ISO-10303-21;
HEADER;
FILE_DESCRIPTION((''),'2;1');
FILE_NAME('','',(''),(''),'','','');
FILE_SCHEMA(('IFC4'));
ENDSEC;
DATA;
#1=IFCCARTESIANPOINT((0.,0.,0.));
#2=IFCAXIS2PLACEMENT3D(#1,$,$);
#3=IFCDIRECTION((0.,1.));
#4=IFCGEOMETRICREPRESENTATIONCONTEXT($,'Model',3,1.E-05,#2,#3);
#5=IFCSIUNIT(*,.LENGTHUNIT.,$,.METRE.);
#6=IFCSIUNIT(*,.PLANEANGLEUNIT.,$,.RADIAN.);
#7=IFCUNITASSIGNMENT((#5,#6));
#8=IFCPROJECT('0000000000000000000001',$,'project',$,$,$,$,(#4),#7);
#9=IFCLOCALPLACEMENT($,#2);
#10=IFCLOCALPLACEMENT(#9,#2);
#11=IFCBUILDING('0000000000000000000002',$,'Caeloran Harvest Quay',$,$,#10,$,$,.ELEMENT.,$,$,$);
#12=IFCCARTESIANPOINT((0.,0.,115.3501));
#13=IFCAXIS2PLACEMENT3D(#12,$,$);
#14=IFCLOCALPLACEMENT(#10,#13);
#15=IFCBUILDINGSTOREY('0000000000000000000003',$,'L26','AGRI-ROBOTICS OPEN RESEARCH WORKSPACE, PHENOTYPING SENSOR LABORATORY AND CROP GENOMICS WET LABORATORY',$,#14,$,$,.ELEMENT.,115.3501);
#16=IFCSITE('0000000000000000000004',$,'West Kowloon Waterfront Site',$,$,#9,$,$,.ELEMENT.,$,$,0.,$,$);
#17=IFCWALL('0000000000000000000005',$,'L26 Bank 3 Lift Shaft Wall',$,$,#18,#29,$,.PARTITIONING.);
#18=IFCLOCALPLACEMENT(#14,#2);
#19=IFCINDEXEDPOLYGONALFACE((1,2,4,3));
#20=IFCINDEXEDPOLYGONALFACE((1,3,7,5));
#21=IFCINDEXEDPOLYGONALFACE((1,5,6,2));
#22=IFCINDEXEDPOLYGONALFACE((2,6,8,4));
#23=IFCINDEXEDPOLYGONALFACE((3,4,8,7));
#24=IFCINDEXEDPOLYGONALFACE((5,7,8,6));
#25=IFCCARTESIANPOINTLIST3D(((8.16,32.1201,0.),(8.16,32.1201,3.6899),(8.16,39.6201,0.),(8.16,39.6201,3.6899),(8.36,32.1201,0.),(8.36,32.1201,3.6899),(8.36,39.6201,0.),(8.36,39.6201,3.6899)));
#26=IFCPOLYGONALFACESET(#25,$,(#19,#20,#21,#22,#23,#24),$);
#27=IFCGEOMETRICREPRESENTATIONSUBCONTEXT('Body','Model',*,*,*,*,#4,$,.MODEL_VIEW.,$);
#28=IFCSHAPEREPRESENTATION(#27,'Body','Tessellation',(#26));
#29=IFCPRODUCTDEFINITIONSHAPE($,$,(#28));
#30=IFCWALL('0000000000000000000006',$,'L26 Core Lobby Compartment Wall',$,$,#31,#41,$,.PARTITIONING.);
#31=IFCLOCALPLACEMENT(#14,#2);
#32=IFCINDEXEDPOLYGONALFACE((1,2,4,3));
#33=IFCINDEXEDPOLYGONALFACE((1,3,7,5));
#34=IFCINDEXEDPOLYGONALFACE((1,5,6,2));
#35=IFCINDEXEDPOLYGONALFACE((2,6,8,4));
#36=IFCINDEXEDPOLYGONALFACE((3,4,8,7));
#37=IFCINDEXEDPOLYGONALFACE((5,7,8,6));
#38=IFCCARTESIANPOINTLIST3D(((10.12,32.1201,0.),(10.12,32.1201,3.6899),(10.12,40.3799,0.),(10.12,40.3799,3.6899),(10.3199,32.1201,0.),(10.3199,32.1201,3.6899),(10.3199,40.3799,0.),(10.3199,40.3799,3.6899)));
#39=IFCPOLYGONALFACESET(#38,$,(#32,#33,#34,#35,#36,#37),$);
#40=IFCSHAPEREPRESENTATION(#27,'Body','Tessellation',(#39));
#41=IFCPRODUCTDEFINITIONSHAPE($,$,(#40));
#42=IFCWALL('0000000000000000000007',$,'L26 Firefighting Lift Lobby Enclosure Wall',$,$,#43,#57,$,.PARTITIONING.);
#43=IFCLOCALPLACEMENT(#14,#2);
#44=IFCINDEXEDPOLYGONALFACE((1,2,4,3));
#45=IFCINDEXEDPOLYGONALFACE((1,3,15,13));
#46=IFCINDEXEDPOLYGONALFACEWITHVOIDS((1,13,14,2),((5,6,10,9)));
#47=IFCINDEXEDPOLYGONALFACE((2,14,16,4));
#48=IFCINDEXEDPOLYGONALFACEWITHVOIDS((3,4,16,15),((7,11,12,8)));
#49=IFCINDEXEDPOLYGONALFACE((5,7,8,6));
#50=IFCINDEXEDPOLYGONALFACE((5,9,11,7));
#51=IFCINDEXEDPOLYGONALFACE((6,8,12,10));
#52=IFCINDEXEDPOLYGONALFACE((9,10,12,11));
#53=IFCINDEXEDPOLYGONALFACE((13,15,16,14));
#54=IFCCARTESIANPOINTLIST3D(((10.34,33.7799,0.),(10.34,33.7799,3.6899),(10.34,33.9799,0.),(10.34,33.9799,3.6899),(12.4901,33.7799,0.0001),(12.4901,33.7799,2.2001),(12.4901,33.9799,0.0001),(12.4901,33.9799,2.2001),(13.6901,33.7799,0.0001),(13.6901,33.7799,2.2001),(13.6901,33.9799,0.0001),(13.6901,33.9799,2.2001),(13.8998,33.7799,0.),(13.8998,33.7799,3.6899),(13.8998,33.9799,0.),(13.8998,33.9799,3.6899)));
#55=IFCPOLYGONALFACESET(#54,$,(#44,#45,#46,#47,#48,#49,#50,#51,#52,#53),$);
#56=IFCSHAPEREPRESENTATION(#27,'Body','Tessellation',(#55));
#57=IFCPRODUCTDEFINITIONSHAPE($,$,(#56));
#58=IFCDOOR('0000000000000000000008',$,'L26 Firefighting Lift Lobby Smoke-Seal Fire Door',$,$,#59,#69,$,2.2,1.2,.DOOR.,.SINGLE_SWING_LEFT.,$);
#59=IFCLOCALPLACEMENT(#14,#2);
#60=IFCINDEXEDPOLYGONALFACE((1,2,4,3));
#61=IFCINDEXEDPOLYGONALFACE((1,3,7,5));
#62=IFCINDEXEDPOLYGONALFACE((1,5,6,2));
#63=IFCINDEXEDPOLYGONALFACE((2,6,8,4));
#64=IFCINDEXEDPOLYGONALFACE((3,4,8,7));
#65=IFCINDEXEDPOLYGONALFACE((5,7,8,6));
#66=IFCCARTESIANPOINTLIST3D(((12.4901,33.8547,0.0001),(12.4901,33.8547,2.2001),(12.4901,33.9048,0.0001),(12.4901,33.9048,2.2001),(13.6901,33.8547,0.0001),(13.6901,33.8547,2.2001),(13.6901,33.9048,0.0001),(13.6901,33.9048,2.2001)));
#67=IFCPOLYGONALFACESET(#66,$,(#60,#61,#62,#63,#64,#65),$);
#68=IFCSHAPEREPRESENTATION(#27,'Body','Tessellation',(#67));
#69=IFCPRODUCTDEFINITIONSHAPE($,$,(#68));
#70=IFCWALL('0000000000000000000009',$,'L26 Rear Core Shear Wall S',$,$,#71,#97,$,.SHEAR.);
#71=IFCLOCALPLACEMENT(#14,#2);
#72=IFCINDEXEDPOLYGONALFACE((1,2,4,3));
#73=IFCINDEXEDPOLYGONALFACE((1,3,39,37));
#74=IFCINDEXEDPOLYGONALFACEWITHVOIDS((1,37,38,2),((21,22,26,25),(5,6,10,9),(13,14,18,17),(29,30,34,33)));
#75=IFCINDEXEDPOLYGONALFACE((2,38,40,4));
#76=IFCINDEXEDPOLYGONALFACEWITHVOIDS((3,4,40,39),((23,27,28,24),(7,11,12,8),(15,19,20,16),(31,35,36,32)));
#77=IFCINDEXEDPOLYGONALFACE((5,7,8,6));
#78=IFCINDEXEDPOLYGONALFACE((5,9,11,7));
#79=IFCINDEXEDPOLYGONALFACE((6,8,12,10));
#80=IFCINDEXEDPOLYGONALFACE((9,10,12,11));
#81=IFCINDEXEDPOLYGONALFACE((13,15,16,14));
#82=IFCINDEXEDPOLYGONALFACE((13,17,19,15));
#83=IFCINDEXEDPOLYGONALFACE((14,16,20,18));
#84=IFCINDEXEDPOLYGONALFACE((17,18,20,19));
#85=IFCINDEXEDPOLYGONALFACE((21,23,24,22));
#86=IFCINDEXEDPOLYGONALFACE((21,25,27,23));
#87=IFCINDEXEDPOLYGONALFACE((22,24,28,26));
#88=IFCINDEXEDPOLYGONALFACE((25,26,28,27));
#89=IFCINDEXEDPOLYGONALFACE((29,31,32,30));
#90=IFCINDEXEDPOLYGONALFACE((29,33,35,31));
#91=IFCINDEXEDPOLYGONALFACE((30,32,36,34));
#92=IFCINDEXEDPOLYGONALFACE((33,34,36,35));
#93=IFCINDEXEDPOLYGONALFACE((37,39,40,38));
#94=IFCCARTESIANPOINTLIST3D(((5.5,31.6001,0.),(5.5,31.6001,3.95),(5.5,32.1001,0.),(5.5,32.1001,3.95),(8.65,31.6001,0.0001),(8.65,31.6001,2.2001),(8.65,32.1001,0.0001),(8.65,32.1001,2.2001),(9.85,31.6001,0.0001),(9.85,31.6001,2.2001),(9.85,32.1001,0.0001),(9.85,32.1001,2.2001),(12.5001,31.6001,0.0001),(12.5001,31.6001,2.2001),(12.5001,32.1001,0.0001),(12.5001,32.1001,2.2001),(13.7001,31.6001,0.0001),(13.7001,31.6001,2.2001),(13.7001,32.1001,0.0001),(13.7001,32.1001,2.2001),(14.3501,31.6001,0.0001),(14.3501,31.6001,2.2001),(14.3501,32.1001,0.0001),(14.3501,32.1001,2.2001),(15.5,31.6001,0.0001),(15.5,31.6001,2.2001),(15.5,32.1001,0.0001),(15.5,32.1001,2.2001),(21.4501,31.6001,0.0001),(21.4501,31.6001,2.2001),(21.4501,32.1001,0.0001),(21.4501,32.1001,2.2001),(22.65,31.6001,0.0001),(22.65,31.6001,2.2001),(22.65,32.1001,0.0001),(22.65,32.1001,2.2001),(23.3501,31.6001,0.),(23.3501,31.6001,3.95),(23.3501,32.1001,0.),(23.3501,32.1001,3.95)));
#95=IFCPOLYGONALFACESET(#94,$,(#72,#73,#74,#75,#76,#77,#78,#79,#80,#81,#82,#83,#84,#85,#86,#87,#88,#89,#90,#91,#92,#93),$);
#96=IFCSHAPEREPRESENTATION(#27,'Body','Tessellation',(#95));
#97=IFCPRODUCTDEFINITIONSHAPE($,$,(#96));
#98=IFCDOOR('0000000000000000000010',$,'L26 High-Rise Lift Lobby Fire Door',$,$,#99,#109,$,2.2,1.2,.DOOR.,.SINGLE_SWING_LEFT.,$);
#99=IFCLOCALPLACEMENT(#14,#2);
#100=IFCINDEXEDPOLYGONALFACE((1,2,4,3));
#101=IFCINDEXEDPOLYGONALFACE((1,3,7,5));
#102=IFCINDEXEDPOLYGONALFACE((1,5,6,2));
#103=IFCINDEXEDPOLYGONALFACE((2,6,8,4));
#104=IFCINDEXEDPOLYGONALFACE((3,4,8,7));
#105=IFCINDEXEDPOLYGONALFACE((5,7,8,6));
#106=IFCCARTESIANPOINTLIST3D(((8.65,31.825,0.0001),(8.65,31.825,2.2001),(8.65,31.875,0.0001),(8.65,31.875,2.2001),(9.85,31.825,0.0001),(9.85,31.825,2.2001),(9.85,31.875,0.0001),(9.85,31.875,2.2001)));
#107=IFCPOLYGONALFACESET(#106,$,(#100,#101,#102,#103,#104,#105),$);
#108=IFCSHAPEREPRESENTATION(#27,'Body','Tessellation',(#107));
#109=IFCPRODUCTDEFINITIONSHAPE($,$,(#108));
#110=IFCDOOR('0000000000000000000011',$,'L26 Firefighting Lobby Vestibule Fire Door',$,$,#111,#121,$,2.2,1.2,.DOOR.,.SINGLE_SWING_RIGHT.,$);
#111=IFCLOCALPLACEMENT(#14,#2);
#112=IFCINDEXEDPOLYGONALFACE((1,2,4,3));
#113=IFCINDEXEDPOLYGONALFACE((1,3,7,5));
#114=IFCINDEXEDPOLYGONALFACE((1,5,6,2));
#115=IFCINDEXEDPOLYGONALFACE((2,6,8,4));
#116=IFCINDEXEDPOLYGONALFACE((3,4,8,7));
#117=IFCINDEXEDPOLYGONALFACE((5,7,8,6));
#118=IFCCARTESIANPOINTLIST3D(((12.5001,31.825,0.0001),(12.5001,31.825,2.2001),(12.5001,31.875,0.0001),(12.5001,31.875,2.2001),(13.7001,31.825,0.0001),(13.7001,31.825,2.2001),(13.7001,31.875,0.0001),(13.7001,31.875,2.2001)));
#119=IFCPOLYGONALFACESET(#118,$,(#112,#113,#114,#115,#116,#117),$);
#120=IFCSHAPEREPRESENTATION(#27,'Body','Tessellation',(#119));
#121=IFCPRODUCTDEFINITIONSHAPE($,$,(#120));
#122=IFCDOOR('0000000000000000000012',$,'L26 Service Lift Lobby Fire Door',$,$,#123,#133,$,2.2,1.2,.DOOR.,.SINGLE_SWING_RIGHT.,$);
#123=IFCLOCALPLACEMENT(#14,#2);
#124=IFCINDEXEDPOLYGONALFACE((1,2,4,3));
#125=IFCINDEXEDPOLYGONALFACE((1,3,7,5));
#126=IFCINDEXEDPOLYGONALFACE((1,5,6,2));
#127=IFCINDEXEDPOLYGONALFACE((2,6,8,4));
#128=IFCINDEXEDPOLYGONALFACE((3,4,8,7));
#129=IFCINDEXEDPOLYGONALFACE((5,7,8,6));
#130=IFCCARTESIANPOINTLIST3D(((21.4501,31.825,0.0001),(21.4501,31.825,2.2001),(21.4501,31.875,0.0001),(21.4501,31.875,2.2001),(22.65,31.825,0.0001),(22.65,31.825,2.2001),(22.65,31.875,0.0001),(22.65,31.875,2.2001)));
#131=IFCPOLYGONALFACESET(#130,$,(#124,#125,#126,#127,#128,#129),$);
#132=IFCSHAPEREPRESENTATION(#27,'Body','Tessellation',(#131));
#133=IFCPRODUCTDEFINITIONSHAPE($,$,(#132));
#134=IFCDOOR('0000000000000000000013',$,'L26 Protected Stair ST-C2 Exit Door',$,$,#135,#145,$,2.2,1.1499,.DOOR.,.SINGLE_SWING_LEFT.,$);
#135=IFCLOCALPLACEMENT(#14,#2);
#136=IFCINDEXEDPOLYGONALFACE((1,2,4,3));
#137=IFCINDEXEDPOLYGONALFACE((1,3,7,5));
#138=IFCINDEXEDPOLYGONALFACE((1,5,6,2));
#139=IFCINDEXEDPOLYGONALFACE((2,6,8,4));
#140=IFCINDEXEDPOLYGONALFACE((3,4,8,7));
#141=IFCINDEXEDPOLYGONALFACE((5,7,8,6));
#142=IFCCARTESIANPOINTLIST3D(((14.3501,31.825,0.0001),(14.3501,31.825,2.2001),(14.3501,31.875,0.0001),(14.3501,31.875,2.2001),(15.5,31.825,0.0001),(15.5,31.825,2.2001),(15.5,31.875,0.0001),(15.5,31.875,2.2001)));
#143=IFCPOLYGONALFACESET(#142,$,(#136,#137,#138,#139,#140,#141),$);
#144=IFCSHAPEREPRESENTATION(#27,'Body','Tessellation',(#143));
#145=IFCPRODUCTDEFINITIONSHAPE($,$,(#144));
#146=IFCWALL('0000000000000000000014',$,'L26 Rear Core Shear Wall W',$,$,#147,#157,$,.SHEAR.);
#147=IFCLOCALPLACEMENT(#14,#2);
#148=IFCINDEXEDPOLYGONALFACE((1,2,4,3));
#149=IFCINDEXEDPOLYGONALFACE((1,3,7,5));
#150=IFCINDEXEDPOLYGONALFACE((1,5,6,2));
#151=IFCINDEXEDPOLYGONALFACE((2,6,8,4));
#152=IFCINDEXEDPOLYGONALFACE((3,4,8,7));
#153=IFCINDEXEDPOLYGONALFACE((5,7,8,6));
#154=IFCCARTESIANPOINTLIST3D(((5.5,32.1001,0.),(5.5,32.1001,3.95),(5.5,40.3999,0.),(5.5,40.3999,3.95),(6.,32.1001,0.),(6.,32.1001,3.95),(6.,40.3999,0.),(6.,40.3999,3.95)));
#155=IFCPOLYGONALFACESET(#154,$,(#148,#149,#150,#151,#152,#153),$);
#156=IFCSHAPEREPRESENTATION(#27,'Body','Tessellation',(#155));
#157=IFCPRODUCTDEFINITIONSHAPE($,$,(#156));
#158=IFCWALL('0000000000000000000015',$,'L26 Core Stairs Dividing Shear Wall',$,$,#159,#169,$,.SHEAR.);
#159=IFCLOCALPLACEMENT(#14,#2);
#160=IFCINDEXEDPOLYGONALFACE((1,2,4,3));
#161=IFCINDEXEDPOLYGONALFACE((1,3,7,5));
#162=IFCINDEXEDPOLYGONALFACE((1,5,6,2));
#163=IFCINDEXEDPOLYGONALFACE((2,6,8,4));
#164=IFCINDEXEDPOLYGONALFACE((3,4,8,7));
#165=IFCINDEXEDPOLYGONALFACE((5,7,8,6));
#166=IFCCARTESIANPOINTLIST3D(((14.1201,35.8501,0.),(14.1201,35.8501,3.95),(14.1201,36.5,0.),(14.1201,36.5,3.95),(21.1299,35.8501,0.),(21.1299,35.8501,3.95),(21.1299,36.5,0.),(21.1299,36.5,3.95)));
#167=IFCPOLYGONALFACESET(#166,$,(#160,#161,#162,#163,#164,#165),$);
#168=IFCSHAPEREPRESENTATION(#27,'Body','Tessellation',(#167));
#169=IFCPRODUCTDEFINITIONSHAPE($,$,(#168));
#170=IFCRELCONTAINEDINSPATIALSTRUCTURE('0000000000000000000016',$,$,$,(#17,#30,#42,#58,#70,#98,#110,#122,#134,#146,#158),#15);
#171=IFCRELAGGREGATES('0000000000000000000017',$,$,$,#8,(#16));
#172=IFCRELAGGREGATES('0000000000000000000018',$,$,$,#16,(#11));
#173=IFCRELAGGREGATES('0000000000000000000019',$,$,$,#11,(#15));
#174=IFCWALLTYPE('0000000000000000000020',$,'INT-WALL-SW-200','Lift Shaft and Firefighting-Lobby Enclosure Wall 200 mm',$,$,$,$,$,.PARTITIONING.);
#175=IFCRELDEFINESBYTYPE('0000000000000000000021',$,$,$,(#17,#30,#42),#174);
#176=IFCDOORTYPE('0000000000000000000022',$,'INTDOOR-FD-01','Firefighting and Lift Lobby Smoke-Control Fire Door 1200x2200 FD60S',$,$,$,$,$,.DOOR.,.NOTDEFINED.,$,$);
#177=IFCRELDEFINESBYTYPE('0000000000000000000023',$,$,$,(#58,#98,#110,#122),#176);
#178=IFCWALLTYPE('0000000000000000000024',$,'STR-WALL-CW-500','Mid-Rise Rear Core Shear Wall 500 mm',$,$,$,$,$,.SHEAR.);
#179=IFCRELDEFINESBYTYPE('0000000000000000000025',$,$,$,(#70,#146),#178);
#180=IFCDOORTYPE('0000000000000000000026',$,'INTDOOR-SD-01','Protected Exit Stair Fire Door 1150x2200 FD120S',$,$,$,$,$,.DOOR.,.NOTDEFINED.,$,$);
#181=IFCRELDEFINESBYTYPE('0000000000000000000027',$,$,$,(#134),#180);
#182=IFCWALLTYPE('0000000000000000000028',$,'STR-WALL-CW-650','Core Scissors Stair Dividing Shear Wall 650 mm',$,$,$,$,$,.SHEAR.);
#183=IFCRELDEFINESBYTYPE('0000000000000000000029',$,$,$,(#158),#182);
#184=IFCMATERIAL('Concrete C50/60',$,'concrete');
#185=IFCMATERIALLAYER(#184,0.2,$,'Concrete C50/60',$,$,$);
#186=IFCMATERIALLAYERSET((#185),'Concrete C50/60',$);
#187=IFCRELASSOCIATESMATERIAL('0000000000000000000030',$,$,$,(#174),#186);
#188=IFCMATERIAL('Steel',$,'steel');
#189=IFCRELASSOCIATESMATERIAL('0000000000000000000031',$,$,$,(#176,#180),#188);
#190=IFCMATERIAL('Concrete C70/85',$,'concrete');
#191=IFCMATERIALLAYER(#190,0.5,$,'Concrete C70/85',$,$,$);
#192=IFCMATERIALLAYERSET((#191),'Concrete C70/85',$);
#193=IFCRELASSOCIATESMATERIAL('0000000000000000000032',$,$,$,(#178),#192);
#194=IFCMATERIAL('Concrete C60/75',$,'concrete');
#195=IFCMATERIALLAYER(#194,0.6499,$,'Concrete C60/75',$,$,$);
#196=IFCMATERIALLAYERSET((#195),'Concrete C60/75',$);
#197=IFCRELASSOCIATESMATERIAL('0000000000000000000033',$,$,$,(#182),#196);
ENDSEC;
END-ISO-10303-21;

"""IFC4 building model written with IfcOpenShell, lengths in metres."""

from ifc_helpers import new_model, si_unit, direction, frame, frame_2d, origin, place, context, subcontext, project, spatial, rectangle, extrude, material, layer, layer_set, type_object, element, fill, save


model = new_model("IFC4")

# Units and contexts
model_context = context("Model", 3, precision=1e-05, world=origin(), true_north=direction((0.0, 1.0)))
body_context = subcontext(model_context, "Body", "Model", "MODEL_VIEW")
ifc_project = project(units=[si_unit("LENGTHUNIT", "METRE"), si_unit("PLANEANGLEUNIT", "RADIAN")], contexts=[model_context])

# Site, building, storey
site_placement = place(None, origin())
site = spatial("IfcSite", under=ifc_project, at=site_placement, Name="West Kowloon Waterfront Site", CompositionType="ELEMENT", RefElevation=0.0)
building_placement = place(site_placement, origin())
building = spatial("IfcBuilding", under=site, at=building_placement, Name="Caeloran Harvest Quay", CompositionType="ELEMENT")
storey_placement = place(building_placement, frame((0.0, 0.0, 115.3501)))
storey = spatial("IfcBuildingStorey", under=building, at=storey_placement, Name="L26", Description="AGRI-ROBOTICS OPEN RESEARCH WORKSPACE, PHENOTYPING SENSOR LABORATORY AND CROP GENOMICS WET LABORATORY", CompositionType="ELEMENT", Elevation=115.3501)

# Shared definitions
ifc_material_1 = material(Name="Concrete C70/85", Category="concrete")

# Shared definitions
ifc_material_2 = material(Name="Concrete C60/75", Category="concrete")

# Walls
ifc_material_3 = material(Name="Concrete C50/60", Category="concrete")
ifc_layer_1 = layer(ifc_material_3, 0.2, Name="Concrete C50/60")
ifc_layer_set_1 = layer_set([ifc_layer_1], Name="Concrete C50/60")
wall_type_1 = type_object("IfcWallType", Name="INT-WALL-SW-200", Description="Lift Shaft and Firefighting-Lobby Enclosure Wall 200 mm", PredefinedType="PARTITIONING", material=ifc_layer_set_1)
wall_1_placement = place(storey_placement, frame((8.26, 32.1201, 0.0), z_axis=(0.0, 0.0, 1.0), x_axis=(0.0, 1.0, 0.0)))
element("IfcWall", 1, at=wall_1_placement, inside=storey, type_object=wall_type_1, Name="L26 Bank 3 Lift Shaft Wall", PredefinedType="PARTITIONING", context=body_context, shape_type="SweptSolid", body=[
    extrude(rectangle(XDim=7.5, YDim=0.2, at=frame_2d((3.75, 0.0))), origin(), (0.0, 0.0, 1.0), 3.6899),
])
wall_2_placement = place(storey_placement, frame((10.22, 32.1201, 0.0), z_axis=(0.0, 0.0, 1.0), x_axis=(0.0, 1.0, 0.0)))
element("IfcWall", 2, at=wall_2_placement, inside=storey, type_object=wall_type_1, Name="L26 Core Lobby Compartment Wall", PredefinedType="PARTITIONING", context=body_context, shape_type="SweptSolid", body=[
    extrude(rectangle(XDim=8.2598, YDim=0.2, at=frame_2d((4.1299, 0.0))), origin(), (0.0, 0.0, 1.0), 3.6899),
])

# Wall, opening, door
wall_3_placement = place(storey_placement, frame((10.3401, 33.8799, 0.0), z_axis=(0.0, 0.0, 1.0), x_axis=(1.0, 0.0, 0.0)))
wall_3 = element("IfcWall", 3, at=wall_3_placement, inside=storey, type_object=wall_type_1, Name="L26 Firefighting Lift Lobby Enclosure Wall", PredefinedType="PARTITIONING", context=body_context, shape_type="SweptSolid", body=[
    extrude(rectangle(XDim=3.5598, YDim=0.2, at=frame_2d((1.7798, 0.0))), origin(), (0.0, 0.0, 1.0), 3.6899),
])
opening_1_placement = place(wall_3_placement, frame((2.1499, 0.0, 0.0)))
opening_1 = element("IfcOpeningElement", 4, at=opening_1_placement, cuts=wall_3, PredefinedType="OPENING", context=body_context, shape_type="SweptSolid", body=[
    extrude(rectangle(XDim=1.2, YDim=2.2, at=frame_2d((0.6001, 1.1001))), frame((0.0, 0.1099, 0.0), z_axis=(0.0, -1.0, 0.0), x_axis=(1.0, 0.0, 0.0)), (0.0, 0.0, 1.0), 0.22),
])
ifc_material_4 = material(Name="Steel", Category="steel")
door_type_1 = type_object("IfcDoorType", Name="INTDOOR-FD-01", Description="Firefighting and Lift Lobby Smoke-Control Fire Door 1200x2200 FD60S", OperationType="NOTDEFINED", PredefinedType="DOOR", material=ifc_material_4)
door_1_placement = place(opening_1_placement, origin())
door_1 = element("IfcDoor", 5, at=door_1_placement, inside=storey, type_object=door_type_1, Name="L26 Firefighting Lift Lobby Smoke-Seal Fire Door", OperationType="SINGLE_SWING_LEFT", OverallHeight=2.2, OverallWidth=1.2, PredefinedType="DOOR", context=body_context, shape_type="SweptSolid", body=[
    extrude(rectangle(XDim=1.2, YDim=2.2, at=frame_2d((0.6001, 1.1001))), frame((0.0, 0.0249, 0.0), z_axis=(0.0, -1.0, 0.0), x_axis=(1.0, 0.0, 0.0)), (0.0, 0.0, 1.0), 0.05),
])
fill(opening_1, door_1)

# Wall, openings, doors
ifc_layer_2 = layer(ifc_material_1, 0.5, Name="Concrete C70/85")
ifc_layer_set_2 = layer_set([ifc_layer_2], Name="Concrete C70/85")
wall_type_2 = type_object("IfcWallType", Name="STR-WALL-CW-500", Description="Mid-Rise Rear Core Shear Wall 500 mm", PredefinedType="SHEAR", material=ifc_layer_set_2)
wall_4_placement = place(storey_placement, frame((5.5, 31.8501, 0.0), z_axis=(0.0, 0.0, 1.0), x_axis=(1.0, 0.0, 0.0)))
wall_4 = element("IfcWall", 6, at=wall_4_placement, inside=storey, type_object=wall_type_2, Name="L26 Rear Core Shear Wall S", PredefinedType="SHEAR", context=body_context, shape_type="SweptSolid", body=[
    extrude(rectangle(XDim=17.8501, YDim=0.5, at=frame_2d((8.925, 0.0))), origin(), (0.0, 0.0, 1.0), 3.95),
])
opening_2_placement = place(wall_4_placement, frame((3.1499, 0.0, 0.0)))
opening_2 = element("IfcOpeningElement", 7, at=opening_2_placement, cuts=wall_4, PredefinedType="OPENING", context=body_context, shape_type="SweptSolid", body=[
    extrude(rectangle(XDim=1.2, YDim=2.2, at=frame_2d((0.6001, 1.1001))), frame((0.0, 0.26, 0.0), z_axis=(0.0, -1.0, 0.0), x_axis=(1.0, 0.0, 0.0)), (0.0, 0.0, 1.0), 0.52),
])
opening_3_placement = place(wall_4_placement, frame((7.0, 0.0, 0.0)))
opening_3 = element("IfcOpeningElement", 8, at=opening_3_placement, cuts=wall_4, PredefinedType="OPENING", context=body_context, shape_type="SweptSolid", body=[
    extrude(rectangle(XDim=1.2, YDim=2.2, at=frame_2d((0.6001, 1.1001))), frame((0.0, 0.26, 0.0), z_axis=(0.0, -1.0, 0.0), x_axis=(1.0, 0.0, 0.0)), (0.0, 0.0, 1.0), 0.52),
])
opening_4_placement = place(wall_4_placement, frame((8.8501, 0.0, 0.0)))
opening_4 = element("IfcOpeningElement", 9, at=opening_4_placement, cuts=wall_4, PredefinedType="OPENING", context=body_context, shape_type="SweptSolid", body=[
    extrude(rectangle(XDim=1.1499, YDim=2.2, at=frame_2d((0.575, 1.1001))), frame((0.0, 0.26, 0.0), z_axis=(0.0, -1.0, 0.0), x_axis=(1.0, 0.0, 0.0)), (0.0, 0.0, 1.0), 0.52),
])
opening_5_placement = place(wall_4_placement, frame((15.95, 0.0, 0.0)))
opening_5 = element("IfcOpeningElement", 10, at=opening_5_placement, cuts=wall_4, PredefinedType="OPENING", context=body_context, shape_type="SweptSolid", body=[
    extrude(rectangle(XDim=1.2, YDim=2.2, at=frame_2d((0.6001, 1.1001))), frame((0.0, 0.26, 0.0), z_axis=(0.0, -1.0, 0.0), x_axis=(1.0, 0.0, 0.0)), (0.0, 0.0, 1.0), 0.52),
])
door_2_placement = place(opening_2_placement, origin())
door_2 = element("IfcDoor", 11, at=door_2_placement, inside=storey, type_object=door_type_1, Name="L26 High-Rise Lift Lobby Fire Door", OperationType="SINGLE_SWING_LEFT", OverallHeight=2.2, OverallWidth=1.2, PredefinedType="DOOR", context=body_context, shape_type="SweptSolid", body=[
    extrude(rectangle(XDim=1.2, YDim=2.2, at=frame_2d((0.6001, 1.1001))), frame((0.0, 0.0249, 0.0), z_axis=(0.0, -1.0, 0.0), x_axis=(1.0, 0.0, 0.0)), (0.0, 0.0, 1.0), 0.05),
])
fill(opening_2, door_2)
door_3_placement = place(opening_3_placement, origin())
door_3 = element("IfcDoor", 12, at=door_3_placement, inside=storey, type_object=door_type_1, Name="L26 Firefighting Lobby Vestibule Fire Door", OperationType="SINGLE_SWING_RIGHT", OverallHeight=2.2, OverallWidth=1.2, PredefinedType="DOOR", context=body_context, shape_type="SweptSolid", body=[
    extrude(rectangle(XDim=1.2, YDim=2.2, at=frame_2d((0.6001, 1.1001))), frame((0.0, 0.0249, 0.0), z_axis=(0.0, -1.0, 0.0), x_axis=(1.0, 0.0, 0.0)), (0.0, 0.0, 1.0), 0.05),
])
fill(opening_3, door_3)
door_4_placement = place(opening_5_placement, origin())
door_4 = element("IfcDoor", 13, at=door_4_placement, inside=storey, type_object=door_type_1, Name="L26 Service Lift Lobby Fire Door", OperationType="SINGLE_SWING_RIGHT", OverallHeight=2.2, OverallWidth=1.2, PredefinedType="DOOR", context=body_context, shape_type="SweptSolid", body=[
    extrude(rectangle(XDim=1.2, YDim=2.2, at=frame_2d((0.6001, 1.1001))), frame((0.0, 0.0249, 0.0), z_axis=(0.0, -1.0, 0.0), x_axis=(1.0, 0.0, 0.0)), (0.0, 0.0, 1.0), 0.05),
])
fill(opening_5, door_4)
door_type_2 = type_object("IfcDoorType", Name="INTDOOR-SD-01", Description="Protected Exit Stair Fire Door 1150x2200 FD120S", OperationType="NOTDEFINED", PredefinedType="DOOR", material=ifc_material_4)
door_5_placement = place(opening_4_placement, origin())
door_5 = element("IfcDoor", 14, at=door_5_placement, inside=storey, type_object=door_type_2, Name="L26 Protected Stair ST-C2 Exit Door", OperationType="SINGLE_SWING_LEFT", OverallHeight=2.2, OverallWidth=1.1499, PredefinedType="DOOR", context=body_context, shape_type="SweptSolid", body=[
    extrude(rectangle(XDim=1.1499, YDim=2.2, at=frame_2d((0.575, 1.1001))), frame((0.0, 0.0249, 0.0), z_axis=(0.0, -1.0, 0.0), x_axis=(1.0, 0.0, 0.0)), (0.0, 0.0, 1.0), 0.05),
])
fill(opening_4, door_5)

# Walls
wall_5_placement = place(storey_placement, frame((5.75, 32.1001, 0.0), z_axis=(0.0, 0.0, 1.0), x_axis=(0.0, 1.0, 0.0)))
element("IfcWall", 15, at=wall_5_placement, inside=storey, type_object=wall_type_2, Name="L26 Rear Core Shear Wall W", PredefinedType="SHEAR", context=body_context, shape_type="SweptSolid", body=[
    extrude(rectangle(XDim=8.2998, YDim=0.5, at=frame_2d((4.1499, 0.0))), origin(), (0.0, 0.0, 1.0), 3.95),
])
ifc_layer_3 = layer(ifc_material_2, 0.6499, Name="Concrete C60/75")
ifc_layer_set_3 = layer_set([ifc_layer_3], Name="Concrete C60/75")
wall_type_3 = type_object("IfcWallType", Name="STR-WALL-CW-650", Description="Core Scissors Stair Dividing Shear Wall 650 mm", PredefinedType="SHEAR", material=ifc_layer_set_3)
wall_6_placement = place(storey_placement, frame((14.1201, 36.175, 0.0), z_axis=(0.0, 0.0, 1.0), x_axis=(1.0, 0.0, 0.0)))
element("IfcWall", 16, at=wall_6_placement, inside=storey, type_object=wall_type_3, Name="L26 Core Stairs Dividing Shear Wall", PredefinedType="SHEAR", context=body_context, shape_type="SweptSolid", body=[
    extrude(rectangle(XDim=7.0098, YDim=0.6499, at=frame_2d((3.5049, 0.0))), origin(), (0.0, 0.0, 1.0), 3.95),
])

save(model, "model.ifc")
